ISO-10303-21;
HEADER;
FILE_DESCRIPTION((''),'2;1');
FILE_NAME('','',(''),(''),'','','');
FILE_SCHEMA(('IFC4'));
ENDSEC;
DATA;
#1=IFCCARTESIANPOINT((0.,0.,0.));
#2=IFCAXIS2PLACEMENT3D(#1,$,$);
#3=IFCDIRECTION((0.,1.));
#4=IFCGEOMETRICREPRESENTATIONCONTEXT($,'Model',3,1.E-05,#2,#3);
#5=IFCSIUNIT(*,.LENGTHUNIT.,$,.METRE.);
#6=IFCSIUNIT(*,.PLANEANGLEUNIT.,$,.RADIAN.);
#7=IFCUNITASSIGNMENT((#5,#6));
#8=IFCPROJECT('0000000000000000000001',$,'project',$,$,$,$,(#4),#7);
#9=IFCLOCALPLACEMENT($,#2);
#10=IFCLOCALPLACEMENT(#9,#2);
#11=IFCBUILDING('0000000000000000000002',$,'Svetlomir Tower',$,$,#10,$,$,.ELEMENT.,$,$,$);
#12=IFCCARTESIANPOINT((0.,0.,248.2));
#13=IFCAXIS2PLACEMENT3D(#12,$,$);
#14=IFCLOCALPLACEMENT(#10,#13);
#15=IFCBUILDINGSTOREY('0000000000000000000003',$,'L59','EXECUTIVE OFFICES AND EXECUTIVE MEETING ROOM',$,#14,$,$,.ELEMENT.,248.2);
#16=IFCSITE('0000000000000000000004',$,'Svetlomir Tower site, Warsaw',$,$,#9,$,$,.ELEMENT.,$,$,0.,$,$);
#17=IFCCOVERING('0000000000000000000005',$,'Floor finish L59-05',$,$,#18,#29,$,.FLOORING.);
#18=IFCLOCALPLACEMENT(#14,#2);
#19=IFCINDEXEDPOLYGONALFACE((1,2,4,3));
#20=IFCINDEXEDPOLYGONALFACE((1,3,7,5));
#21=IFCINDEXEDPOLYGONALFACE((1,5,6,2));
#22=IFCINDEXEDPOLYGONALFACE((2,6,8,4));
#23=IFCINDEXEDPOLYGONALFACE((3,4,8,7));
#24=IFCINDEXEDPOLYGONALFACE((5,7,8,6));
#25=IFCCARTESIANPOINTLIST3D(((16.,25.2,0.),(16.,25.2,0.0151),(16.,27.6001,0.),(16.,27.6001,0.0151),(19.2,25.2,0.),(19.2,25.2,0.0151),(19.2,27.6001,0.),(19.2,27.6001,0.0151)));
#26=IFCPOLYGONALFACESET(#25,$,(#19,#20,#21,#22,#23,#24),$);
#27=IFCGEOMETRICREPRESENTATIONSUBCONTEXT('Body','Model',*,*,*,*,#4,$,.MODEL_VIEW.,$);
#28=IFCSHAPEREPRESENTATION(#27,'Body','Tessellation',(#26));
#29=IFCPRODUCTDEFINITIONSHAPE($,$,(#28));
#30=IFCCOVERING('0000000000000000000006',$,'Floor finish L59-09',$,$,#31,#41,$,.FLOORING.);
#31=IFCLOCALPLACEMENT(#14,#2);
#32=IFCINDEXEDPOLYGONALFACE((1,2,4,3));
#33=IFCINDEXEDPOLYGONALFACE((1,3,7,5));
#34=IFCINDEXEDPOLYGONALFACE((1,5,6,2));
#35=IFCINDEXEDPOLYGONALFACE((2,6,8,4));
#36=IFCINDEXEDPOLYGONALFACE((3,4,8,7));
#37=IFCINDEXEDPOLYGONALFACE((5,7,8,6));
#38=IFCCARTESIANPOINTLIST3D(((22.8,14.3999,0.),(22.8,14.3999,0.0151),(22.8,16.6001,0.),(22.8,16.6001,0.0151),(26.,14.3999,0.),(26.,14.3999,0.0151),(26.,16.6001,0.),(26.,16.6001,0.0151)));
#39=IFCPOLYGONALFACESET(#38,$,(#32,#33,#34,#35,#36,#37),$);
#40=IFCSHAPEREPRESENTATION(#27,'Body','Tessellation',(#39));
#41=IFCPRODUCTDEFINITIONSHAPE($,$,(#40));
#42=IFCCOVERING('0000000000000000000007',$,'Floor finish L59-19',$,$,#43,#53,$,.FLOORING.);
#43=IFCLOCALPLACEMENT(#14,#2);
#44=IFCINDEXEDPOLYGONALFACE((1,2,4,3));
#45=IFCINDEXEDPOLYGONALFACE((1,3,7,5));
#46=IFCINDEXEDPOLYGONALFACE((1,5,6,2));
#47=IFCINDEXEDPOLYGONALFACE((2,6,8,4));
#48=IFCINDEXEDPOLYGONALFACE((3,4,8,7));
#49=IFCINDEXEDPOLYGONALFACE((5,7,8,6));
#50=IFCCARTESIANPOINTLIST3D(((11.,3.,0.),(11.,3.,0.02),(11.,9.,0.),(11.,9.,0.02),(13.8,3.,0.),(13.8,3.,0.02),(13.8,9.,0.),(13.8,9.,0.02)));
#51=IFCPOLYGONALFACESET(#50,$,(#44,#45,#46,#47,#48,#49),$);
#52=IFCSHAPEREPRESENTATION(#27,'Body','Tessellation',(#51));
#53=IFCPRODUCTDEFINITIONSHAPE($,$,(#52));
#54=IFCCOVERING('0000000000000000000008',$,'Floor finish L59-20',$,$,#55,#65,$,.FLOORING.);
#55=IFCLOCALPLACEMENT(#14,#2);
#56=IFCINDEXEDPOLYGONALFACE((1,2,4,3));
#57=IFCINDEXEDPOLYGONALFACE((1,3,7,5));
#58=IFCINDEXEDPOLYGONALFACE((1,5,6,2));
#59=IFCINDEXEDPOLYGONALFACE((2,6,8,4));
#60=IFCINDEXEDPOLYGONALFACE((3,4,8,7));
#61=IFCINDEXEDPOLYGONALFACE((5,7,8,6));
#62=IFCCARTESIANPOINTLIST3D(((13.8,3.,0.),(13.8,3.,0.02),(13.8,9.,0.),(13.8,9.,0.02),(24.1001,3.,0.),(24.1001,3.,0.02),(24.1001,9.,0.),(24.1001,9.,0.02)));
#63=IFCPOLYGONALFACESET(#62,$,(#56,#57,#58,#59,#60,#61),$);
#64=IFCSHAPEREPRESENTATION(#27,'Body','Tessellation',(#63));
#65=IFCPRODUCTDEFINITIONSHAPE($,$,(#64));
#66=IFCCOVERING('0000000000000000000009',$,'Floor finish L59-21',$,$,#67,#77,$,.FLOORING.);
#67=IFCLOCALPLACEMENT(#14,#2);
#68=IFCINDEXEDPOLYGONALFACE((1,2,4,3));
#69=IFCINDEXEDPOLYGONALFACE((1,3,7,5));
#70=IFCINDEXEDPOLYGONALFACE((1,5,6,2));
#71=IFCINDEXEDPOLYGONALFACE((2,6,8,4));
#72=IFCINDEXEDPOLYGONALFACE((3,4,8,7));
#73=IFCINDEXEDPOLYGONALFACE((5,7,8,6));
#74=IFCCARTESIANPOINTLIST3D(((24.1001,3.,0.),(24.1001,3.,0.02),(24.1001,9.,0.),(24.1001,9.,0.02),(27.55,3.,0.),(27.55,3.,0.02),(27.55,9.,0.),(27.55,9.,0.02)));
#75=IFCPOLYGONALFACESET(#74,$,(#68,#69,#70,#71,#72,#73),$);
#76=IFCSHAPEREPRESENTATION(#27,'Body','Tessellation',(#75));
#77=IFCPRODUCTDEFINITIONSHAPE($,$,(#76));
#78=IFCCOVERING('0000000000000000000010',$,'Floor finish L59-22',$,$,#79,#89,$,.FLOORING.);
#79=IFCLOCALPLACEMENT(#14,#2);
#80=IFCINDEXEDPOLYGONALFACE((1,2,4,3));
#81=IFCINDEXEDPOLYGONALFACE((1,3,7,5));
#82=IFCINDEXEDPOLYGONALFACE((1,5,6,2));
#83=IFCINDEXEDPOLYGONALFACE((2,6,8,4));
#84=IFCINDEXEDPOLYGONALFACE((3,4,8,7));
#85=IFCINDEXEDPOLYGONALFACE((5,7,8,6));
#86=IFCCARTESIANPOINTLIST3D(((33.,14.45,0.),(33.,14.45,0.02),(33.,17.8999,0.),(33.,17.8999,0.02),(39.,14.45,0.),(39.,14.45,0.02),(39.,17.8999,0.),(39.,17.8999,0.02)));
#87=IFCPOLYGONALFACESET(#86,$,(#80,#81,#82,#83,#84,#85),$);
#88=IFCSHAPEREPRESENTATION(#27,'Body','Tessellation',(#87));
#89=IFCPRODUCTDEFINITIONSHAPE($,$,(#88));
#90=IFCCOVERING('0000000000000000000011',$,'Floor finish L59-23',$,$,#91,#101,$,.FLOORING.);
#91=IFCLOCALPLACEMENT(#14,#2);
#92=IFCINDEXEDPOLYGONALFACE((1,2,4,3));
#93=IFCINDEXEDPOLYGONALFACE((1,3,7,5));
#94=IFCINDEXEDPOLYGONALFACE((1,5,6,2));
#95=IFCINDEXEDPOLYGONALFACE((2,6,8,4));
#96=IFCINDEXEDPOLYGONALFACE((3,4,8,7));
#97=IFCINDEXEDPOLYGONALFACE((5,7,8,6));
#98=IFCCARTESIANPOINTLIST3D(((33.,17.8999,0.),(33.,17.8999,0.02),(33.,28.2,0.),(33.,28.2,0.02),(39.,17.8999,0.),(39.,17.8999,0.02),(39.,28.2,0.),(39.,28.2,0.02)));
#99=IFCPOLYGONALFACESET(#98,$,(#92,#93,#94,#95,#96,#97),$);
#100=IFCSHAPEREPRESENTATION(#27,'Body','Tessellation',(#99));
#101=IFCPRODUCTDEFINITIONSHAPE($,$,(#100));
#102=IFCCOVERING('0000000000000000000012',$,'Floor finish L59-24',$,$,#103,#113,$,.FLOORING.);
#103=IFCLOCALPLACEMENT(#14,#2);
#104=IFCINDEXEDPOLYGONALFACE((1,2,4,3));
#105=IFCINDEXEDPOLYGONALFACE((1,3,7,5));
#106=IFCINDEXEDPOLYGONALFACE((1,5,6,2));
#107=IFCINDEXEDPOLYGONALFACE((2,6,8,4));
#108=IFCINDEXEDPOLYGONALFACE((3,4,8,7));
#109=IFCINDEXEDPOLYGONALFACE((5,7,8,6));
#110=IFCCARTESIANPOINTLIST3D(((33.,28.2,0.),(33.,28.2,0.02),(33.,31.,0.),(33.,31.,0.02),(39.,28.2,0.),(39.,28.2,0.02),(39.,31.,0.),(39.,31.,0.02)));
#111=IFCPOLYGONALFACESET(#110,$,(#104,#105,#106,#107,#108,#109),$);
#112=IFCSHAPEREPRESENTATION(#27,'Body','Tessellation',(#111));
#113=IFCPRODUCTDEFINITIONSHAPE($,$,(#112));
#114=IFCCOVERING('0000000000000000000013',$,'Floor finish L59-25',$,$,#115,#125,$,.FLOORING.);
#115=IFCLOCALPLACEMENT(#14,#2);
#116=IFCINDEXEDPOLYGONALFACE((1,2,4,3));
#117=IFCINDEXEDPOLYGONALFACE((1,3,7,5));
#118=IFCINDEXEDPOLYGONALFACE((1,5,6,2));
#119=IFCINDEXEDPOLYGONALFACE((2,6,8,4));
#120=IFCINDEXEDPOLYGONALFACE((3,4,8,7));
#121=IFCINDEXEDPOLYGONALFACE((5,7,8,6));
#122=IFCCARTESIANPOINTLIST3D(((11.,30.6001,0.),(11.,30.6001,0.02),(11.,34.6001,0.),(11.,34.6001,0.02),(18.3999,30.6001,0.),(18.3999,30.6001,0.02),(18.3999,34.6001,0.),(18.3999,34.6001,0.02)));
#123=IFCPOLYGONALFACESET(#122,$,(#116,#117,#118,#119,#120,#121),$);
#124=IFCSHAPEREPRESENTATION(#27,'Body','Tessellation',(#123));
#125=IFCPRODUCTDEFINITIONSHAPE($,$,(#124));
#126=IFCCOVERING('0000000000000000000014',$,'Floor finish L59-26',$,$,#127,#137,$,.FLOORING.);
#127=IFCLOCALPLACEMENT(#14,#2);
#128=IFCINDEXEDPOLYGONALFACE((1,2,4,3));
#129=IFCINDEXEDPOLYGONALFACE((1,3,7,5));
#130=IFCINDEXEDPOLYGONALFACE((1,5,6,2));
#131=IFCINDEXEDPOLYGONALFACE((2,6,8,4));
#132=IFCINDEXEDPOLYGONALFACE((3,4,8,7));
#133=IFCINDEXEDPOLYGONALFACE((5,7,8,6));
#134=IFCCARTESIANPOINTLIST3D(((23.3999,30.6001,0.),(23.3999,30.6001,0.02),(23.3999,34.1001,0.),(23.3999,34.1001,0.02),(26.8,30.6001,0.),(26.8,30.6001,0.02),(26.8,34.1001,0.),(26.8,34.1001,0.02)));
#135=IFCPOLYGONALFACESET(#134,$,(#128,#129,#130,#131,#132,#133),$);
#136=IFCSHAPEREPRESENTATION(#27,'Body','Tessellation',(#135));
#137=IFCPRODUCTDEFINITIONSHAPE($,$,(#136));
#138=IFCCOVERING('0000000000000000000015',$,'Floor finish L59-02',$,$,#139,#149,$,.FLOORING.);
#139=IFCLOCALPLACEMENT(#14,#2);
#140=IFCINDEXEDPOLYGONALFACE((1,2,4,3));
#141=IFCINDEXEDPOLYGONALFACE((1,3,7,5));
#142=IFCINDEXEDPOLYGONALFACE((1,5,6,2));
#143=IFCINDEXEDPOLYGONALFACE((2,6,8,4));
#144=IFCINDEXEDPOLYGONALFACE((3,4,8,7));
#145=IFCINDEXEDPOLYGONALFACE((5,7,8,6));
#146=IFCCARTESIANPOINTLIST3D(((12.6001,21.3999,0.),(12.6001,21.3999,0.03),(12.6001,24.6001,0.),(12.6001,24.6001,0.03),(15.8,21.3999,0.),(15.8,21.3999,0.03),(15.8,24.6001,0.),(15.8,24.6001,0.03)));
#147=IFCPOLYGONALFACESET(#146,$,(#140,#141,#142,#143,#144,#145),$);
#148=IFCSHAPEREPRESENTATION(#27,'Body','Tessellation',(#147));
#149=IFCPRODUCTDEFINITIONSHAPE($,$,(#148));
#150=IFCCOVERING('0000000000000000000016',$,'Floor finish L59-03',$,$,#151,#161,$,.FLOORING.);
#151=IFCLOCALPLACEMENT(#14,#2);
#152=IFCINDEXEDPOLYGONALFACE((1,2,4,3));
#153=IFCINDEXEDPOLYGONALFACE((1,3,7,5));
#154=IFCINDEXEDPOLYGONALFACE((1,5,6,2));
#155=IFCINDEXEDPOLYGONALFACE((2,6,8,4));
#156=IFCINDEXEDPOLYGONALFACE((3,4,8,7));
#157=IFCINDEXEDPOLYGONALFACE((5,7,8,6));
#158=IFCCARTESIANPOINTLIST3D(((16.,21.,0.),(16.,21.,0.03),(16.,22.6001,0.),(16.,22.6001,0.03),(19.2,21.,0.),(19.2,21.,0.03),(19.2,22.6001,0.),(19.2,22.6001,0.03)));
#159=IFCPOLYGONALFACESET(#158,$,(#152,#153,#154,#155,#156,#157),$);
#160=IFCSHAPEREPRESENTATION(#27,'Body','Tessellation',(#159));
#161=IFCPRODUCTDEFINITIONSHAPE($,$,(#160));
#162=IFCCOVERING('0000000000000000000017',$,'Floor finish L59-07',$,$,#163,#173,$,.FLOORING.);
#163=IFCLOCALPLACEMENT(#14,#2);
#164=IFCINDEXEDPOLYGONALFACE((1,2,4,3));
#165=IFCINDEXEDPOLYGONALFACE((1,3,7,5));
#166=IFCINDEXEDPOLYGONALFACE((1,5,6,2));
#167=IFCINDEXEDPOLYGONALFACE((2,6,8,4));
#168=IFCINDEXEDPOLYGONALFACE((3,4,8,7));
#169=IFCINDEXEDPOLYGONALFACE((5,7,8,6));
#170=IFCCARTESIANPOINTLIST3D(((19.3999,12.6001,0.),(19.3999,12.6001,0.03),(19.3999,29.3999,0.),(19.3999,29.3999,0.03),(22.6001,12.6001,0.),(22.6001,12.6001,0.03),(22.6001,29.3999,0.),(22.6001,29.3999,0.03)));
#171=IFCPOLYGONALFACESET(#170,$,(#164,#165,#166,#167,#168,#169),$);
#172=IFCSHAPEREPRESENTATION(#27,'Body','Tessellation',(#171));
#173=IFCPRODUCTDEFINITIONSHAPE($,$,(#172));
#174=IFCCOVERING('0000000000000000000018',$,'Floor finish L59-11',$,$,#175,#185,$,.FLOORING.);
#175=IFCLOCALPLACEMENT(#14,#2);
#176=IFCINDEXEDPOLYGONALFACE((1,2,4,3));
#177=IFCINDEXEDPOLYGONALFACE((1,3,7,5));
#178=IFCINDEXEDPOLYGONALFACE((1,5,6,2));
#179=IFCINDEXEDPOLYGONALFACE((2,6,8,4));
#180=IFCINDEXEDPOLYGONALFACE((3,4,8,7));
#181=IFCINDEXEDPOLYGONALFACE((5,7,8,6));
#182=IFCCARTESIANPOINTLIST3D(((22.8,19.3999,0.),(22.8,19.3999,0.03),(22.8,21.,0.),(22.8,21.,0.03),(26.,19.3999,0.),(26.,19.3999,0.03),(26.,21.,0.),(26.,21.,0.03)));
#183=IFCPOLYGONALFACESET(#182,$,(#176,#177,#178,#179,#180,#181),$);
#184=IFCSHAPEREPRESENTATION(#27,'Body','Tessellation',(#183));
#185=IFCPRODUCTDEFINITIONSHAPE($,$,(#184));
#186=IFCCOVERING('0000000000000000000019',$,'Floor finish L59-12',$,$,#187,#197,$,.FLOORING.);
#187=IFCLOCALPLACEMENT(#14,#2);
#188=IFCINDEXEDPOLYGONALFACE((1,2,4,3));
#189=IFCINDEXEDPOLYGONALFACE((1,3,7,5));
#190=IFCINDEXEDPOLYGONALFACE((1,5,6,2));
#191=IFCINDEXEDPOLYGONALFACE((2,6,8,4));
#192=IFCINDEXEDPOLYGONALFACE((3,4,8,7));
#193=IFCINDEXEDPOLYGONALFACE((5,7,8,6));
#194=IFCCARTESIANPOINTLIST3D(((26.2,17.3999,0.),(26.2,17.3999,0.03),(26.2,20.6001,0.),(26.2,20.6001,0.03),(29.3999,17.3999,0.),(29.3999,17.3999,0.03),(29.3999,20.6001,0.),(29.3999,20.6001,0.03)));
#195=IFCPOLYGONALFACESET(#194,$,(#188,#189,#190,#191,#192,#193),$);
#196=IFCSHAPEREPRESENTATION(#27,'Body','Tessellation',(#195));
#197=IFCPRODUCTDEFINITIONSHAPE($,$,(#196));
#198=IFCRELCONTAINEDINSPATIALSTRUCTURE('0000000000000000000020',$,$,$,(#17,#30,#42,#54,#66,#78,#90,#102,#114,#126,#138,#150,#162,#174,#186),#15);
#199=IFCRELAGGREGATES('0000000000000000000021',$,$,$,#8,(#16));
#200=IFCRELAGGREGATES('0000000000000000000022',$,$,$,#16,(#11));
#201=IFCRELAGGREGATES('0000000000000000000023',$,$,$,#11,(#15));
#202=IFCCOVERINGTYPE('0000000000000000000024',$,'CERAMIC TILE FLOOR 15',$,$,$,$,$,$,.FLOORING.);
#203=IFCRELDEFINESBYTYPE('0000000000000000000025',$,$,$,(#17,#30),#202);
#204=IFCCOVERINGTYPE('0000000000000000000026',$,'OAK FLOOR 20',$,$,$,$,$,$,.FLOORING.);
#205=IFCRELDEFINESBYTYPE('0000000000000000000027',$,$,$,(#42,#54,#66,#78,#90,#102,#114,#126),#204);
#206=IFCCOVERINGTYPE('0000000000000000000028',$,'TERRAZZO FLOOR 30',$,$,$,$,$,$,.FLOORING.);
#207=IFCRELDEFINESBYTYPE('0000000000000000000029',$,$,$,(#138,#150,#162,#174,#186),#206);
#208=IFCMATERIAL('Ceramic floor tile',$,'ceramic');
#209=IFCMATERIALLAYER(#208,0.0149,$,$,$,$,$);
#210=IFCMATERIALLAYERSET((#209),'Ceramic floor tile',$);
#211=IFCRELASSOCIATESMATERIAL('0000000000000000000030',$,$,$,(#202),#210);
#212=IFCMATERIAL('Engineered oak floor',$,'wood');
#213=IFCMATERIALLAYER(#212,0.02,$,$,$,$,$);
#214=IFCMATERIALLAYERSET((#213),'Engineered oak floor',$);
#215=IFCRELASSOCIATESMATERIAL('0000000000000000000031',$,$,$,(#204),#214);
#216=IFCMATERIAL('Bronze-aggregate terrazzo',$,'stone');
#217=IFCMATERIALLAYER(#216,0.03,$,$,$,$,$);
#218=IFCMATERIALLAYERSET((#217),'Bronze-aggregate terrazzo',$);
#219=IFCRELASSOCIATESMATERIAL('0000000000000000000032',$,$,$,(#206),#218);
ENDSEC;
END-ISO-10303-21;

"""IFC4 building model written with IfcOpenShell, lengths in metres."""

from ifc_helpers import new_model, si_unit, direction, frame, origin, place, context, subcontext, project, spatial, polyline, outline, extrude, material, layer, layer_set, type_object, element, save


model = new_model("IFC4")

# Units and contexts
model_context = context("Model", 3, precision=1e-05, world=origin(), true_north=direction((0.0, 1.0)))
body_context = subcontext(model_context, "Body", "Model", "MODEL_VIEW")
ifc_project = project(units=[si_unit("LENGTHUNIT", "METRE"), si_unit("PLANEANGLEUNIT", "RADIAN")], contexts=[model_context])

# Site, building, storey
site_placement = place(None, origin())
site = spatial("IfcSite", under=ifc_project, at=site_placement, Name="Svetlomir Tower site, Warsaw", CompositionType="ELEMENT", RefElevation=0.0)
building_placement = place(site_placement, origin())
building = spatial("IfcBuilding", under=site, at=building_placement, Name="Svetlomir Tower", CompositionType="ELEMENT")
storey_placement = place(building_placement, frame((0.0, 0.0, 248.2)))
storey = spatial("IfcBuildingStorey", under=building, at=storey_placement, Name="L59", Description="EXECUTIVE OFFICES AND EXECUTIVE MEETING ROOM", CompositionType="ELEMENT", Elevation=248.2)

# Coverings
ifc_material_1 = material(Name="Ceramic floor tile", Category="ceramic")
ifc_layer_1 = layer(ifc_material_1, 0.0149)
ifc_layer_set_1 = layer_set([ifc_layer_1], Name="Ceramic floor tile")
covering_type_1 = type_object("IfcCoveringType", Name="CERAMIC TILE FLOOR 15", PredefinedType="FLOORING", material=ifc_layer_set_1)
covering_1_placement = place(storey_placement, origin())
element("IfcCovering", 1, at=covering_1_placement, inside=storey, type_object=covering_type_1, Name="Floor finish L59-05", PredefinedType="FLOORING", context=body_context, shape_type="SweptSolid", body=[
    extrude(outline(polyline([(16.0, 25.2), (19.2, 25.2), (19.2, 27.6001), (16.0, 27.6001), (16.0, 25.2)])), origin(), (0.0, 0.0, 1.0), 0.0151),
])
covering_2_placement = place(storey_placement, origin())
element("IfcCovering", 2, at=covering_2_placement, inside=storey, type_object=covering_type_1, Name="Floor finish L59-09", PredefinedType="FLOORING", context=body_context, shape_type="SweptSolid", body=[
    extrude(outline(polyline([(22.8, 14.3999), (26.0, 14.3999), (26.0, 16.6001), (22.8, 16.6001), (22.8, 14.3999)])), origin(), (0.0, 0.0, 1.0), 0.0151),
])
ifc_material_2 = material(Name="Engineered oak floor", Category="wood")
ifc_layer_2 = layer(ifc_material_2, 0.02)
ifc_layer_set_2 = layer_set([ifc_layer_2], Name="Engineered oak floor")
covering_type_2 = type_object("IfcCoveringType", Name="OAK FLOOR 20", PredefinedType="FLOORING", material=ifc_layer_set_2)
covering_3_placement = place(storey_placement, origin())
element("IfcCovering", 3, at=covering_3_placement, inside=storey, type_object=covering_type_2, Name="Floor finish L59-19", PredefinedType="FLOORING", context=body_context, shape_type="SweptSolid", body=[
    extrude(outline(polyline([(11.0, 3.0), (13.8, 3.0), (13.8, 9.0), (11.0, 9.0), (11.0, 3.0)])), origin(), (0.0, 0.0, 1.0), 0.02),
])
covering_4_placement = place(storey_placement, origin())
element("IfcCovering", 4, at=covering_4_placement, inside=storey, type_object=covering_type_2, Name="Floor finish L59-20", PredefinedType="FLOORING", context=body_context, shape_type="SweptSolid", body=[
    extrude(outline(polyline([(13.8, 3.0), (24.1001, 3.0), (24.1001, 9.0), (13.8, 9.0), (13.8, 3.0)])), origin(), (0.0, 0.0, 1.0), 0.02),
])
covering_5_placement = place(storey_placement, origin())
element("IfcCovering", 5, at=covering_5_placement, inside=storey, type_object=covering_type_2, Name="Floor finish L59-21", PredefinedType="FLOORING", context=body_context, shape_type="SweptSolid", body=[
    extrude(outline(polyline([(24.1001, 3.0), (27.55, 3.0), (27.55, 9.0), (24.1001, 9.0), (24.1001, 3.0)])), origin(), (0.0, 0.0, 1.0), 0.02),
])
covering_6_placement = place(storey_placement, origin())
element("IfcCovering", 6, at=covering_6_placement, inside=storey, type_object=covering_type_2, Name="Floor finish L59-22", PredefinedType="FLOORING", context=body_context, shape_type="SweptSolid", body=[
    extrude(outline(polyline([(33.0, 14.45), (39.0, 14.45), (39.0, 17.8999), (33.0, 17.8999), (33.0, 14.45)])), origin(), (0.0, 0.0, 1.0), 0.02),
])
covering_7_placement = place(storey_placement, origin())
element("IfcCovering", 7, at=covering_7_placement, inside=storey, type_object=covering_type_2, Name="Floor finish L59-23", PredefinedType="FLOORING", context=body_context, shape_type="SweptSolid", body=[
    extrude(outline(polyline([(33.0, 17.8999), (39.0, 17.8999), (39.0, 28.2), (33.0, 28.2), (33.0, 17.8999)])), origin(), (0.0, 0.0, 1.0), 0.02),
])
covering_8_placement = place(storey_placement, origin())
element("IfcCovering", 8, at=covering_8_placement, inside=storey, type_object=covering_type_2, Name="Floor finish L59-24", PredefinedType="FLOORING", context=body_context, shape_type="SweptSolid", body=[
    extrude(outline(polyline([(33.0, 28.2), (39.0, 28.2), (39.0, 31.0), (33.0, 31.0), (33.0, 28.2)])), origin(), (0.0, 0.0, 1.0), 0.02),
])
covering_9_placement = place(storey_placement, origin())
element("IfcCovering", 9, at=covering_9_placement, inside=storey, type_object=covering_type_2, Name="Floor finish L59-25", PredefinedType="FLOORING", context=body_context, shape_type="SweptSolid", body=[
    extrude(outline(polyline([(11.0, 30.6001), (18.3999, 30.6001), (18.3999, 34.6001), (11.0, 34.6001), (11.0, 30.6001)])), origin(), (0.0, 0.0, 1.0), 0.02),
])
covering_10_placement = place(storey_placement, origin())
element("IfcCovering", 10, at=covering_10_placement, inside=storey, type_object=covering_type_2, Name="Floor finish L59-26", PredefinedType="FLOORING", context=body_context, shape_type="SweptSolid", body=[
    extrude(outline(polyline([(23.3999, 30.6001), (26.8, 30.6001), (26.8, 34.1001), (23.3999, 34.1001), (23.3999, 30.6001)])), origin(), (0.0, 0.0, 1.0), 0.02),
])
ifc_material_3 = material(Name="Bronze-aggregate terrazzo", Category="stone")
ifc_layer_3 = layer(ifc_material_3, 0.03)
ifc_layer_set_3 = layer_set([ifc_layer_3], Name="Bronze-aggregate terrazzo")
covering_type_3 = type_object("IfcCoveringType", Name="TERRAZZO FLOOR 30", PredefinedType="FLOORING", material=ifc_layer_set_3)
covering_11_placement = place(storey_placement, origin())
element("IfcCovering", 11, at=covering_11_placement, inside=storey, type_object=covering_type_3, Name="Floor finish L59-02", PredefinedType="FLOORING", context=body_context, shape_type="SweptSolid", body=[
    extrude(outline(polyline([(12.6001, 21.3999), (15.8, 21.3999), (15.8, 24.6001), (12.6001, 24.6001), (12.6001, 21.3999)])), origin(), (0.0, 0.0, 1.0), 0.03),
])
covering_12_placement = place(storey_placement, origin())
element("IfcCovering", 12, at=covering_12_placement, inside=storey, type_object=covering_type_3, Name="Floor finish L59-03", PredefinedType="FLOORING", context=body_context, shape_type="SweptSolid", body=[
    extrude(outline(polyline([(16.0, 21.0), (19.2, 21.0), (19.2, 22.6001), (16.0, 22.6001), (16.0, 21.0)])), origin(), (0.0, 0.0, 1.0), 0.03),
])
covering_13_placement = place(storey_placement, origin())
element("IfcCovering", 13, at=covering_13_placement, inside=storey, type_object=covering_type_3, Name="Floor finish L59-07", PredefinedType="FLOORING", context=body_context, shape_type="SweptSolid", body=[
    extrude(outline(polyline([(19.3999, 12.6001), (22.6001, 12.6001), (22.6001, 29.3999), (19.3999, 29.3999), (19.3999, 12.6001)])), origin(), (0.0, 0.0, 1.0), 0.03),
])
covering_14_placement = place(storey_placement, origin())
element("IfcCovering", 14, at=covering_14_placement, inside=storey, type_object=covering_type_3, Name="Floor finish L59-11", PredefinedType="FLOORING", context=body_context, shape_type="SweptSolid", body=[
    extrude(outline(polyline([(22.8, 19.3999), (26.0, 19.3999), (26.0, 21.0), (22.8, 21.0), (22.8, 19.3999)])), origin(), (0.0, 0.0, 1.0), 0.03),
])
covering_15_placement = place(storey_placement, origin())
element("IfcCovering", 15, at=covering_15_placement, inside=storey, type_object=covering_type_3, Name="Floor finish L59-12", PredefinedType="FLOORING", context=body_context, shape_type="SweptSolid", body=[
    extrude(outline(polyline([(26.2, 17.3999), (29.3999, 17.3999), (29.3999, 20.6001), (26.2, 20.6001), (26.2, 17.3999)])), origin(), (0.0, 0.0, 1.0), 0.03),
])

save(model, "model.ifc")
